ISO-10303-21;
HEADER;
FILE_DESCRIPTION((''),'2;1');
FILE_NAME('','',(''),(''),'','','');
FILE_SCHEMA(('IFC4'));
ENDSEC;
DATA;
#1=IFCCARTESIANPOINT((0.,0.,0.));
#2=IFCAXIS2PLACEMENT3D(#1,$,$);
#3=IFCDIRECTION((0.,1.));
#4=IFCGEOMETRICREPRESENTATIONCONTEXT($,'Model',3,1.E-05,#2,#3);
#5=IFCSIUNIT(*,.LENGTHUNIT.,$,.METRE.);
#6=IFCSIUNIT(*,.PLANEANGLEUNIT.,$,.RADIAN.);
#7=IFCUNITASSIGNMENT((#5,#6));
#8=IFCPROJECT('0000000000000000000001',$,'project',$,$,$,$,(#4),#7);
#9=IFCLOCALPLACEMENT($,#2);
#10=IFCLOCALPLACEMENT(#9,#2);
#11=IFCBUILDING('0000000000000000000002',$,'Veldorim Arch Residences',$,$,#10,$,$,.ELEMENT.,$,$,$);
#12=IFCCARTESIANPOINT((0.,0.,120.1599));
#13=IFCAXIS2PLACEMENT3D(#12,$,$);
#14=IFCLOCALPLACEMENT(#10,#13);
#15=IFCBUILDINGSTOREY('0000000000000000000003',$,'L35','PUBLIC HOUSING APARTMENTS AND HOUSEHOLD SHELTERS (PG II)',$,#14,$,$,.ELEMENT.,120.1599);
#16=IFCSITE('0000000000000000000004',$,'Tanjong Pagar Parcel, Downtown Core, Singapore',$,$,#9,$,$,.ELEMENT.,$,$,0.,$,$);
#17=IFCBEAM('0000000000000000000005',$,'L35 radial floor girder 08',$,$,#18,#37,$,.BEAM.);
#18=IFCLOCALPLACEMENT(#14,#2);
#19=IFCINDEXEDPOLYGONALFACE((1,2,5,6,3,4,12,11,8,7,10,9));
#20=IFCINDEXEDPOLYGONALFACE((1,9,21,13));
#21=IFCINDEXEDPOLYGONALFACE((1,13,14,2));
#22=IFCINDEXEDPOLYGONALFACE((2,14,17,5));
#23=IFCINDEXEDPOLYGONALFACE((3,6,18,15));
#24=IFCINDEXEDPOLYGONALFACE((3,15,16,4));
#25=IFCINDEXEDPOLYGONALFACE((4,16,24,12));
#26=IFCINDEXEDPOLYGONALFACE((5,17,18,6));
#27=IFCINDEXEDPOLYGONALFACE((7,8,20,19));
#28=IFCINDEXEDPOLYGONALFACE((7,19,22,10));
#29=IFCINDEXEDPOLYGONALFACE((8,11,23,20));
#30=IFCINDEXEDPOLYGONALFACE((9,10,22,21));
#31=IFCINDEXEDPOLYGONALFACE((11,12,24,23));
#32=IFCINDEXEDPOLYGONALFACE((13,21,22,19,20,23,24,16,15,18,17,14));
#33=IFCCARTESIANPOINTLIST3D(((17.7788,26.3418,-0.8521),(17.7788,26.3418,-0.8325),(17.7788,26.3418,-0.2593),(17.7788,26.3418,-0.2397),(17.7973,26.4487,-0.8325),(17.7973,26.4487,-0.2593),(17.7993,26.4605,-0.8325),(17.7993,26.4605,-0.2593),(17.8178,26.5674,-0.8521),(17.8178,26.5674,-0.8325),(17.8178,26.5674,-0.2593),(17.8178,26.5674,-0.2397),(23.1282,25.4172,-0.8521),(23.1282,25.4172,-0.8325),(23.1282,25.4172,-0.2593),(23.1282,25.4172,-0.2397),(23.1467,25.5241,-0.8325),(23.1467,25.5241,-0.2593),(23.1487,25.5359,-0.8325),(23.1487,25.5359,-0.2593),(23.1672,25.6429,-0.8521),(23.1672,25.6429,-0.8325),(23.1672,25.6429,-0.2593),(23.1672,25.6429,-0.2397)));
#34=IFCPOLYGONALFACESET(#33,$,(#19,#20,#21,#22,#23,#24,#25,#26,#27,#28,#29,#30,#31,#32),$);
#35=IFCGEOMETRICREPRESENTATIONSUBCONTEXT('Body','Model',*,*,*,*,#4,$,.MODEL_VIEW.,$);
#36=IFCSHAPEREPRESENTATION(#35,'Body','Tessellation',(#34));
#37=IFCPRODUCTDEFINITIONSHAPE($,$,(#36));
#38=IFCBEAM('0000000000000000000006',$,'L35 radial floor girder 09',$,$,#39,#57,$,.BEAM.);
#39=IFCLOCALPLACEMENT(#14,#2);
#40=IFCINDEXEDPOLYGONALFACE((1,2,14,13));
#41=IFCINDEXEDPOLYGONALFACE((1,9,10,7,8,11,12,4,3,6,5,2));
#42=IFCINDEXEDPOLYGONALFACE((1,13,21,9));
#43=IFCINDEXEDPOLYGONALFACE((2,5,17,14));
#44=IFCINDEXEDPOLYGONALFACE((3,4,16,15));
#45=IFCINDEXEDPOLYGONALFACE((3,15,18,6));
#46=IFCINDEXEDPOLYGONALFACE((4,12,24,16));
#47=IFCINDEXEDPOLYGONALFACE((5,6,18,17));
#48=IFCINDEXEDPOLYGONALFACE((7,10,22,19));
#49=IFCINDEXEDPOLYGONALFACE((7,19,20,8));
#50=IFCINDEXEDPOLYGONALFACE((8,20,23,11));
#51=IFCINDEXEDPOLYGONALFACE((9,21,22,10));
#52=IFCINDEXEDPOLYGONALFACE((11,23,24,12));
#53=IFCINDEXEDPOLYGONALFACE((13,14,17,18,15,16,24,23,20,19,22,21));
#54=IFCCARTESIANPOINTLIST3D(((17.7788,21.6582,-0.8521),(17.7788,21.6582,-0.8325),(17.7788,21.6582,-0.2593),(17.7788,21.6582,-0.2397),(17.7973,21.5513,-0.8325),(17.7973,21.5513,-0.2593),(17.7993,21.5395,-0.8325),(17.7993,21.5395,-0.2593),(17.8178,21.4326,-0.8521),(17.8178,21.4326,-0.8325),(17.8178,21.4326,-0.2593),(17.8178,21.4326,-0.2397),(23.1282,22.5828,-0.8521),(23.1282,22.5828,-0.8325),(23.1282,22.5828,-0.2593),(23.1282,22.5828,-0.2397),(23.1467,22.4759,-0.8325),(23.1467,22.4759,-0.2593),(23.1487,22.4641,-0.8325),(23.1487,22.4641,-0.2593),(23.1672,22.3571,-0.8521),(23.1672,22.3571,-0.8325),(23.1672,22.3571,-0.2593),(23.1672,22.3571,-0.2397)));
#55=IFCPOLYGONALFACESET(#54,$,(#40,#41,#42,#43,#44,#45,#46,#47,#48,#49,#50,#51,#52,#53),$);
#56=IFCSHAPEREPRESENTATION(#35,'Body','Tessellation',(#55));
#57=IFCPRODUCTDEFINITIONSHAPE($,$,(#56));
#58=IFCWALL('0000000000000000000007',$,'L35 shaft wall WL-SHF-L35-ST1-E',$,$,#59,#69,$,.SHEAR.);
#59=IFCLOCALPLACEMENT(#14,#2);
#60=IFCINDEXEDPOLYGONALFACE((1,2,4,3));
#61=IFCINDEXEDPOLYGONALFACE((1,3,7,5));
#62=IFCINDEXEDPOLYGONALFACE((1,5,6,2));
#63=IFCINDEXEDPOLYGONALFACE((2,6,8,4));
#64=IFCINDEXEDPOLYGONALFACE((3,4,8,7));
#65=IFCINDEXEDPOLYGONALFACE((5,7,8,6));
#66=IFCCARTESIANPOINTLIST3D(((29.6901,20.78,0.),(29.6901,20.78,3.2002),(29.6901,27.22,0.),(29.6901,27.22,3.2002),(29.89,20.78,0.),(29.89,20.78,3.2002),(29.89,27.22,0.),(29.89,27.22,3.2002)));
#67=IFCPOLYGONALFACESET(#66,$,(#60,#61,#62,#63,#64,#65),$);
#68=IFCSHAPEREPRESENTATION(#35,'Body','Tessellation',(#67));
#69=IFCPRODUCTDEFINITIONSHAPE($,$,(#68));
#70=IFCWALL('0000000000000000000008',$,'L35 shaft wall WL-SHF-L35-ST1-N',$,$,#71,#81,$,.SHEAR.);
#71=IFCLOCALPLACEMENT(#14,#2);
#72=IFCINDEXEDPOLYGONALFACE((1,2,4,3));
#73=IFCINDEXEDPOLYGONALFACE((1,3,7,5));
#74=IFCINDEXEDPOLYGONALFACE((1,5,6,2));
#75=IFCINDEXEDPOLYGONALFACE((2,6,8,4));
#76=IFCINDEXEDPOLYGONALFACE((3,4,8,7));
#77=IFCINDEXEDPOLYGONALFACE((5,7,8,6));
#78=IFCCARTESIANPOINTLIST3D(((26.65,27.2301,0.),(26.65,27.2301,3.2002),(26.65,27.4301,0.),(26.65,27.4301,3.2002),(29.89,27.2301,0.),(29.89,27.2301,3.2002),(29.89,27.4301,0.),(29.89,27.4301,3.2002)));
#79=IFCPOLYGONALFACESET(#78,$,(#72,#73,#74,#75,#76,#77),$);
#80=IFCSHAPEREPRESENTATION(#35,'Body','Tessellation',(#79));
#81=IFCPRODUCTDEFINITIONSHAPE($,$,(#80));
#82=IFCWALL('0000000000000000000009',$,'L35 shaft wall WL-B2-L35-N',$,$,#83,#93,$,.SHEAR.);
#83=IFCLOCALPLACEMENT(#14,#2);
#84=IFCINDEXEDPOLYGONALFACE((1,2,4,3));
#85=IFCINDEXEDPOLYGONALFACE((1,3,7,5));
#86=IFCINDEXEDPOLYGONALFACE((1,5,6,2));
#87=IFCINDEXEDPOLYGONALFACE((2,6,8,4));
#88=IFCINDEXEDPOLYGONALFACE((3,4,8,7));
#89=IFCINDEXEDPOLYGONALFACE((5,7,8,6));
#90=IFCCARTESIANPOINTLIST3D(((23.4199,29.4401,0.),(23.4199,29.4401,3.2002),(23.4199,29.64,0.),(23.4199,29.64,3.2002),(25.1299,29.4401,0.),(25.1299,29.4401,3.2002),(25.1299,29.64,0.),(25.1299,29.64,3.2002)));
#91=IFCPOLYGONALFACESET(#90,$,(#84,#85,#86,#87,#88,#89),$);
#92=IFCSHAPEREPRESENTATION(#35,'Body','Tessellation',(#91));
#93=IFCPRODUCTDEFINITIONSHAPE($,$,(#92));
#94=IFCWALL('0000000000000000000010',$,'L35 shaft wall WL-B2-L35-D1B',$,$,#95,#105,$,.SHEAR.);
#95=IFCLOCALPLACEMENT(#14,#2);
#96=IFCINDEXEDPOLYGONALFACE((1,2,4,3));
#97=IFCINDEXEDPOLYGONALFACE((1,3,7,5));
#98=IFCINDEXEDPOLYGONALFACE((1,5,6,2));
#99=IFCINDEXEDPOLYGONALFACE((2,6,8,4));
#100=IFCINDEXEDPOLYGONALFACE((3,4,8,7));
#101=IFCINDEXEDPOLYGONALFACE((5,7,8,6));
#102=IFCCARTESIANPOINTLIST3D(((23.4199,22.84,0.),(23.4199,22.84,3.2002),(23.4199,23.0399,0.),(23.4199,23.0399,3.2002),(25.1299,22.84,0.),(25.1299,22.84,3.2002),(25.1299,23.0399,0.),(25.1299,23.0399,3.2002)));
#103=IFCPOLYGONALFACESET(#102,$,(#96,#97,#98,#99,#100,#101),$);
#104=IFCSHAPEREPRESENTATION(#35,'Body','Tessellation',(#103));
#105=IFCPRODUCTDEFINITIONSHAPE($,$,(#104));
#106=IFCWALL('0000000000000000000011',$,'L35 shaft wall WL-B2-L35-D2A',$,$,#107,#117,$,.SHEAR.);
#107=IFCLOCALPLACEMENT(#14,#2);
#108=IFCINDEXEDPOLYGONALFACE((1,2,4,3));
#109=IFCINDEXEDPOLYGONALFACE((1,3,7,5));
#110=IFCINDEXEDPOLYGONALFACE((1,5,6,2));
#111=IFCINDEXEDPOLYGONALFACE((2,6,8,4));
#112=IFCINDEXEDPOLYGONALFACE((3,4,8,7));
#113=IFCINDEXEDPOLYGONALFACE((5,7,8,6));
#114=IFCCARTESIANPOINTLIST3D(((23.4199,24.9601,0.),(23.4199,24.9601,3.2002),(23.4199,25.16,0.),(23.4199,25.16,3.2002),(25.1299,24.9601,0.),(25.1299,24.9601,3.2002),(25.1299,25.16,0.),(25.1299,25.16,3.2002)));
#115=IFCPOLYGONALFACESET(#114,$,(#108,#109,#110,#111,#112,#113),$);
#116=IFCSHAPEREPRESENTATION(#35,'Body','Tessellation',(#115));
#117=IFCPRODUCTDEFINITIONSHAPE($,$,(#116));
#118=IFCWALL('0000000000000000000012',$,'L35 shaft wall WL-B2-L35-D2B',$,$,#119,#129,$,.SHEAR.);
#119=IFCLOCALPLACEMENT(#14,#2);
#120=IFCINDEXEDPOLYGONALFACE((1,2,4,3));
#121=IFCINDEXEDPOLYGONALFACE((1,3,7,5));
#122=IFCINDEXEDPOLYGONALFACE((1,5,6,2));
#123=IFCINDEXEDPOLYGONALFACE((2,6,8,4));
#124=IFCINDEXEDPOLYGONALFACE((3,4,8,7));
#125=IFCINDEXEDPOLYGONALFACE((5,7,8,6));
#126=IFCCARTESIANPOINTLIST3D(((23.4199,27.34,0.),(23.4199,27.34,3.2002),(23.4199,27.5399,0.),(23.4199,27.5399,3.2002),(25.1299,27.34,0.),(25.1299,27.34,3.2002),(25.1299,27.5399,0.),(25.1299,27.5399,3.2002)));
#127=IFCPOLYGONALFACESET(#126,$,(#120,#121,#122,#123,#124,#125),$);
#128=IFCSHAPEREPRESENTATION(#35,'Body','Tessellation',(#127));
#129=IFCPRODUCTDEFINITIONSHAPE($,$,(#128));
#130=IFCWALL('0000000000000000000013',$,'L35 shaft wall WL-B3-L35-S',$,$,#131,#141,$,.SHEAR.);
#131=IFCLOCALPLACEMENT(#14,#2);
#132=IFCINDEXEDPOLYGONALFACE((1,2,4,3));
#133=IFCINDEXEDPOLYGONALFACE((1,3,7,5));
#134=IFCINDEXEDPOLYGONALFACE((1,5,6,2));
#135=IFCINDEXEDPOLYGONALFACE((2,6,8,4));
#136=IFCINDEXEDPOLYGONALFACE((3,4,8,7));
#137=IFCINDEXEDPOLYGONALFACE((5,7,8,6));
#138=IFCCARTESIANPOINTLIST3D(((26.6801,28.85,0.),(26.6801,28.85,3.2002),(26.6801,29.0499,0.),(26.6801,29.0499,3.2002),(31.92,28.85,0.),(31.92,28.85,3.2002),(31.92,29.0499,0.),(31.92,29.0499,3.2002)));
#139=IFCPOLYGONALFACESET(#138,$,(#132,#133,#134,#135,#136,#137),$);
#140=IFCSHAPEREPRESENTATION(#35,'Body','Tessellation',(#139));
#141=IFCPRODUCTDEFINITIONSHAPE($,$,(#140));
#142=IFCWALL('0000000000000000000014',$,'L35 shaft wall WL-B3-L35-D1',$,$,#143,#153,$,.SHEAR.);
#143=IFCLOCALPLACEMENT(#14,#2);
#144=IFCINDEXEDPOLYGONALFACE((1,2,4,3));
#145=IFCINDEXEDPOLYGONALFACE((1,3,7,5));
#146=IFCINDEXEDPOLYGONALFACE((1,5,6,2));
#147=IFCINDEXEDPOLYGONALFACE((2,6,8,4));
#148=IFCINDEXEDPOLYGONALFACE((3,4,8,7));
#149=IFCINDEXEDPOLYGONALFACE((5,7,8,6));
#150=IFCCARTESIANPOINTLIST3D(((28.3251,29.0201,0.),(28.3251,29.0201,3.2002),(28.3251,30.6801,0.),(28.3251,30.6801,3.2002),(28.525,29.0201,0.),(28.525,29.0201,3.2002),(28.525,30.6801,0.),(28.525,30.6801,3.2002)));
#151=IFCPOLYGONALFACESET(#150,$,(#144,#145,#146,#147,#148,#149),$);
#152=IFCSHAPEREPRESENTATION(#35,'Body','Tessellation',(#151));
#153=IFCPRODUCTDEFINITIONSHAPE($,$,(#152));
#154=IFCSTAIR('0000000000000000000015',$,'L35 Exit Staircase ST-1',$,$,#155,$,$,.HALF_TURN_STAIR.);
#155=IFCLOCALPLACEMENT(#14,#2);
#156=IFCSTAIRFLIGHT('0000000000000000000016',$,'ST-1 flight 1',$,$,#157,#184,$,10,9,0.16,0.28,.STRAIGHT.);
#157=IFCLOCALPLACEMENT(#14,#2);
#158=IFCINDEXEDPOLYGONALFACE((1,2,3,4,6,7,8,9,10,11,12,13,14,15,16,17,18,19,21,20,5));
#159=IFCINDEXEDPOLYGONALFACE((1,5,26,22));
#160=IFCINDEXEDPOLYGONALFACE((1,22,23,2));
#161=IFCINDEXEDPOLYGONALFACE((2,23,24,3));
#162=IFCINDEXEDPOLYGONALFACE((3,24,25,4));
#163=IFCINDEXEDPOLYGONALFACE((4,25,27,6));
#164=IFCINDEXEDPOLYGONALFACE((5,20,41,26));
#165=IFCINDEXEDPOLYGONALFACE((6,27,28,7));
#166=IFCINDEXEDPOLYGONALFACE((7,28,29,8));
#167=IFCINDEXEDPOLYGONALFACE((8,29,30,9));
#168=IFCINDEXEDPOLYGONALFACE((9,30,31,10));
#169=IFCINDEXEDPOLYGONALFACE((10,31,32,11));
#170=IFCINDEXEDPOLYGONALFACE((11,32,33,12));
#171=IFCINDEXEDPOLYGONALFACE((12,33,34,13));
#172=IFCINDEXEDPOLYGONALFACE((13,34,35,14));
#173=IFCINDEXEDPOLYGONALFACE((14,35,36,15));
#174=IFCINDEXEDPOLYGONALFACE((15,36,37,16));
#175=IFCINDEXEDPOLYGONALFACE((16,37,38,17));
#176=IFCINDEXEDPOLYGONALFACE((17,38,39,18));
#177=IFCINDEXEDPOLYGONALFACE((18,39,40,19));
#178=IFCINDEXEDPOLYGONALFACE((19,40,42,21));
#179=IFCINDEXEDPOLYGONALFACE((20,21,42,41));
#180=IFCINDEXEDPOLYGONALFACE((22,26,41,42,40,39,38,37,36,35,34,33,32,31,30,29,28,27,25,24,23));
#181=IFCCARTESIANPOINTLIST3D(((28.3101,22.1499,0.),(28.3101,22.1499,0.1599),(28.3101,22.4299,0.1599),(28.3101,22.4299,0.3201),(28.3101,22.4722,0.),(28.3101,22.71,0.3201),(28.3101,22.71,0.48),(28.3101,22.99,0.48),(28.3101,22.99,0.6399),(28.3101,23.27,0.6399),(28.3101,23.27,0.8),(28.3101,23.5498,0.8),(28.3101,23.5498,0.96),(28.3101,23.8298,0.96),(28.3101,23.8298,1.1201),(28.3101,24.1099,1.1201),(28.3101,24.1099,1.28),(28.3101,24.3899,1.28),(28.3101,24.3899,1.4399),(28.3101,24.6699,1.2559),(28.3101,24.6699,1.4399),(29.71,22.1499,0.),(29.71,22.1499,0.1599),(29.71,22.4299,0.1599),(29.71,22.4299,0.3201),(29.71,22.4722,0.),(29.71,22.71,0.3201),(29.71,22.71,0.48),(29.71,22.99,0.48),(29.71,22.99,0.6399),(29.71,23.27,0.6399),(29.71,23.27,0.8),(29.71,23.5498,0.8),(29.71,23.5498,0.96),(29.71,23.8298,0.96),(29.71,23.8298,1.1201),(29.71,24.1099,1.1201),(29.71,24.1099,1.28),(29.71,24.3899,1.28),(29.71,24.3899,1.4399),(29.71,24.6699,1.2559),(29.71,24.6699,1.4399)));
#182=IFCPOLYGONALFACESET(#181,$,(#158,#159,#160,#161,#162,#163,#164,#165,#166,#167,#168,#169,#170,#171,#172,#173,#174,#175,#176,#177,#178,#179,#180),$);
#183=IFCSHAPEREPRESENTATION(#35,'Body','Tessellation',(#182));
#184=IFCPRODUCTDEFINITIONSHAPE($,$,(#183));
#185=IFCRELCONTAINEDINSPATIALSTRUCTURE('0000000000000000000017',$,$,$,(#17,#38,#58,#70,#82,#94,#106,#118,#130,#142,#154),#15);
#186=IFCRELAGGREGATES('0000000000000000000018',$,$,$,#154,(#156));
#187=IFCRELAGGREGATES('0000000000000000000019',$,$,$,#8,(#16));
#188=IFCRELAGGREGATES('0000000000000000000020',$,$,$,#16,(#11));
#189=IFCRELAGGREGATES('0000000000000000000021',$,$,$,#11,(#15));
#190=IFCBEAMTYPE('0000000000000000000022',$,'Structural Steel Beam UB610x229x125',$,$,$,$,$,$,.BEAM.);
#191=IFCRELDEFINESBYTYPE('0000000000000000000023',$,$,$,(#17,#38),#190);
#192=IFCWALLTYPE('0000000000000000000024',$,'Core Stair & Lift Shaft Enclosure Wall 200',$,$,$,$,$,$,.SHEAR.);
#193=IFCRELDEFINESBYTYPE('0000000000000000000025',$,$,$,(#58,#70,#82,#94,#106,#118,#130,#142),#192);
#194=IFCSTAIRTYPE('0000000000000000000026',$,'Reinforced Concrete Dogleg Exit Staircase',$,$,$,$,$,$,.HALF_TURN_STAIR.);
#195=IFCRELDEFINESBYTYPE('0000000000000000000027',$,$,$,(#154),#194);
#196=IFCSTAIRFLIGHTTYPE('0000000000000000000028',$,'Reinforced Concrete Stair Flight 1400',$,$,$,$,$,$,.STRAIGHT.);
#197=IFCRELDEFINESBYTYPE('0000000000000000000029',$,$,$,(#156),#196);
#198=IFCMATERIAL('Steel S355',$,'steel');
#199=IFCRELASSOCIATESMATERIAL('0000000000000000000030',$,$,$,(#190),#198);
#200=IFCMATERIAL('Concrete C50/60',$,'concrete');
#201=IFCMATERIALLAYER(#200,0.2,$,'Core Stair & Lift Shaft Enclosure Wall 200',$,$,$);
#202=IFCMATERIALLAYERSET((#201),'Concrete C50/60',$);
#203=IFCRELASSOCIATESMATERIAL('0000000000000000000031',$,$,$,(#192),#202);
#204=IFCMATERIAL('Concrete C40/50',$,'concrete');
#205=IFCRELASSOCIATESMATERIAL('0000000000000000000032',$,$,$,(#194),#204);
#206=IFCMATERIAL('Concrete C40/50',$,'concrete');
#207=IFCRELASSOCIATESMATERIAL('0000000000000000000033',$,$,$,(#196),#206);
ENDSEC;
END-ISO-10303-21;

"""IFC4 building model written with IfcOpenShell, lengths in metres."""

from ifc_helpers import new_model, si_unit, direction, frame, frame_2d, origin, origin_2d, place, context, subcontext, project, spatial, polyline, rectangle, i_section, outline, extrude, material, layer, layer_set, material_profile, profile_set, type_object, element, aggregate, save


model = new_model("IFC4")

# Units and contexts
model_context = context("Model", 3, precision=1e-05, world=origin(), true_north=direction((0.0, 1.0)))
body_context = subcontext(model_context, "Body", "Model", "MODEL_VIEW")
ifc_project = project(units=[si_unit("LENGTHUNIT", "METRE"), si_unit("PLANEANGLEUNIT", "RADIAN")], contexts=[model_context])

# Site, building, storey
site_placement = place(None, origin())
site = spatial("IfcSite", under=ifc_project, at=site_placement, Name="Tanjong Pagar Parcel, Downtown Core, Singapore", CompositionType="ELEMENT", RefElevation=0.0)
building_placement = place(site_placement, origin())
building = spatial("IfcBuilding", under=site, at=building_placement, Name="Veldorim Arch Residences", CompositionType="ELEMENT")
storey_placement = place(building_placement, frame((0.0, 0.0, 120.1599)))
storey = spatial("IfcBuildingStorey", under=building, at=storey_placement, Name="L35", Description="PUBLIC HOUSING APARTMENTS AND HOUSEHOLD SHELTERS (PG II)", CompositionType="ELEMENT", Elevation=120.1599)

# Beams
ifc_material_1 = material(Name="Steel S355", Category="steel")
ifc_material_profile = material_profile(ifc_material_1, i_section(OverallWidth=0.229, OverallDepth=0.6123, WebThickness=0.012, FlangeThickness=0.0195, at=origin_2d()), Name="UB610x229x125")
ifc_profile_set = profile_set([ifc_material_profile], Name="Steel S355")
beam_type = type_object("IfcBeamType", Name="Structural Steel Beam UB610x229x125", PredefinedType="BEAM", material=ifc_profile_set)
for number, where, z_axis, x_axis, name in (
    (1, (23.1477, 25.53, -0.5459), (-0.98539, 0.170311, 0.0), (-0.170311, -0.98539, 0.0), "L35 radial floor girder 08"),
    (2, (23.1477, 22.47, -0.5459), (-0.98539, -0.170311, 0.0), (0.170311, -0.98539, 0.0), "L35 radial floor girder 09"),
):
    element("IfcBeam", number, at=place(storey_placement, frame(where, z_axis=z_axis, x_axis=x_axis)), inside=storey, type_object=beam_type, Name=name, PredefinedType="BEAM", context=body_context, shape_type="SweptSolid", body=[
        extrude(i_section(OverallWidth=0.229, OverallDepth=0.6123, WebThickness=0.012, FlangeThickness=0.0195, at=origin_2d()), origin(), (0.0, 0.0, 1.0), 5.4287),
    ])

# Walls
ifc_material_2 = material(Name="Concrete C50/60", Category="concrete")
ifc_layer = layer(ifc_material_2, 0.2, Name="Core Stair & Lift Shaft Enclosure Wall 200")
ifc_layer_set = layer_set([ifc_layer], Name="Concrete C50/60")
wall_type = type_object("IfcWallType", Name="Core Stair & Lift Shaft Enclosure Wall 200", PredefinedType="SHEAR", material=ifc_layer_set)
wall_1_placement = place(storey_placement, frame((29.79, 20.78, 0.0), z_axis=(0.0, 0.0, 1.0), x_axis=(0.0, 1.0, 0.0)))
element("IfcWall", 3, at=wall_1_placement, inside=storey, type_object=wall_type, Name="L35 shaft wall WL-SHF-L35-ST1-E", PredefinedType="SHEAR", context=body_context, shape_type="SweptSolid", body=[
    extrude(rectangle(XDim=6.4399, YDim=0.2, at=frame_2d((3.22, 0.0))), origin(), (0.0, 0.0, 1.0), 3.2002),
])
wall_2_placement = place(storey_placement, frame((26.6499, 27.3301, 0.0), z_axis=(0.0, 0.0, 1.0), x_axis=(1.0, 0.0, 0.0)))
element("IfcWall", 4, at=wall_2_placement, inside=storey, type_object=wall_type, Name="L35 shaft wall WL-SHF-L35-ST1-N", PredefinedType="SHEAR", context=body_context, shape_type="SweptSolid", body=[
    extrude(rectangle(XDim=3.24, YDim=0.2, at=frame_2d((1.6201, 0.0))), origin(), (0.0, 0.0, 1.0), 3.2002),
])

# Walls
for number, where, z_axis, x_axis, name in (
    (5, (23.4199, 29.54, 0.0), (0.0, 0.0, 1.0), (1.0, 0.0, 0.0), "L35 shaft wall WL-B2-L35-N"),
    (6, (23.4199, 22.9399, 0.0), (0.0, 0.0, 1.0), (1.0, 0.0, 0.0), "L35 shaft wall WL-B2-L35-D1B"),
    (7, (23.4199, 25.0601, 0.0), (0.0, 0.0, 1.0), (1.0, 0.0, 0.0), "L35 shaft wall WL-B2-L35-D2A"),
    (8, (23.4199, 27.4399, 0.0), (0.0, 0.0, 1.0), (1.0, 0.0, 0.0), "L35 shaft wall WL-B2-L35-D2B"),
):
    element("IfcWall", number, at=place(storey_placement, frame(where, z_axis=z_axis, x_axis=x_axis)), inside=storey, type_object=wall_type, Name=name, PredefinedType="SHEAR", context=body_context, shape_type="SweptSolid", body=[
        extrude(rectangle(XDim=1.71, YDim=0.2, at=frame_2d((0.855, 0.0))), origin(), (0.0, 0.0, 1.0), 3.2002),
    ])
wall_3_placement = place(storey_placement, frame((26.6799, 28.95, 0.0), z_axis=(0.0, 0.0, 1.0), x_axis=(1.0, 0.0, 0.0)))
element("IfcWall", 9, at=wall_3_placement, inside=storey, type_object=wall_type, Name="L35 shaft wall WL-B3-L35-S", PredefinedType="SHEAR", context=body_context, shape_type="SweptSolid", body=[
    extrude(rectangle(XDim=5.24, YDim=0.2, at=frame_2d((2.6201, 0.0))), origin(), (0.0, 0.0, 1.0), 3.2002),
])
wall_4_placement = place(storey_placement, frame((28.425, 29.02, 0.0), z_axis=(0.0, 0.0, 1.0), x_axis=(0.0, 1.0, 0.0)))
element("IfcWall", 10, at=wall_4_placement, inside=storey, type_object=wall_type, Name="L35 shaft wall WL-B3-L35-D1", PredefinedType="SHEAR", context=body_context, shape_type="SweptSolid", body=[
    extrude(rectangle(XDim=1.6599, YDim=0.2, at=frame_2d((0.8301, 0.0))), origin(), (0.0, 0.0, 1.0), 3.2002),
])

# Stair, stair flight
ifc_material_3 = material(Name="Concrete C40/50", Category="concrete")
stair_type = type_object("IfcStairType", Name="Reinforced Concrete Dogleg Exit Staircase", PredefinedType="HALF_TURN_STAIR", material=ifc_material_3)
stair_placement = place(storey_placement, origin())
stair = element("IfcStair", 11, at=stair_placement, inside=storey, type_object=stair_type, Name="L35 Exit Staircase ST-1", PredefinedType="HALF_TURN_STAIR")
ifc_material_4 = material(Name="Concrete C40/50", Category="concrete")
stair_flight_type = type_object("IfcStairFlightType", Name="Reinforced Concrete Stair Flight 1400", PredefinedType="STRAIGHT", material=ifc_material_4)
stair_flight_1_placement = place(storey_placement, frame((29.01, 22.1499, 0.0), z_axis=(0.0, 0.0, 1.0), x_axis=(0.0, 1.0, 0.0)))
stair_flight_1 = element("IfcStairFlight", 12, at=stair_flight_1_placement, type_object=stair_flight_type, Name="ST-1 flight 1", NumberOfRisers=10, NumberOfTreads=9, PredefinedType="STRAIGHT", RiserHeight=0.16, TreadLength=0.28, context=body_context, shape_type="SweptSolid", body=[
    extrude(outline(polyline([(0.0, 0.0), (0.0, 0.1599), (0.28, 0.1599), (0.28, 0.3201), (0.5601, 0.3201), (0.5601, 0.48), (0.8401, 0.48), (0.8401, 0.6399), (1.1201, 0.6399), (1.1201, 0.8), (1.3999, 0.8), (1.3999, 0.96), (1.6799, 0.96), (1.6799, 1.1201), (1.96, 1.1201), (1.96, 1.28), (2.24, 1.28), (2.24, 1.4399), (2.52, 1.4399), (2.52, 1.6001), (2.52, 1.2559), (0.3223, 0.0), (0.0, 0.0)])), frame((0.0, 0.7, 0.0), z_axis=(0.0, -1.0, 0.0), x_axis=(1.0, 0.0, 0.0)), (0.0, 0.0, 1.0), 1.3999),
])
aggregate(stair, [stair_flight_1])

save(model, "model.ifc")
